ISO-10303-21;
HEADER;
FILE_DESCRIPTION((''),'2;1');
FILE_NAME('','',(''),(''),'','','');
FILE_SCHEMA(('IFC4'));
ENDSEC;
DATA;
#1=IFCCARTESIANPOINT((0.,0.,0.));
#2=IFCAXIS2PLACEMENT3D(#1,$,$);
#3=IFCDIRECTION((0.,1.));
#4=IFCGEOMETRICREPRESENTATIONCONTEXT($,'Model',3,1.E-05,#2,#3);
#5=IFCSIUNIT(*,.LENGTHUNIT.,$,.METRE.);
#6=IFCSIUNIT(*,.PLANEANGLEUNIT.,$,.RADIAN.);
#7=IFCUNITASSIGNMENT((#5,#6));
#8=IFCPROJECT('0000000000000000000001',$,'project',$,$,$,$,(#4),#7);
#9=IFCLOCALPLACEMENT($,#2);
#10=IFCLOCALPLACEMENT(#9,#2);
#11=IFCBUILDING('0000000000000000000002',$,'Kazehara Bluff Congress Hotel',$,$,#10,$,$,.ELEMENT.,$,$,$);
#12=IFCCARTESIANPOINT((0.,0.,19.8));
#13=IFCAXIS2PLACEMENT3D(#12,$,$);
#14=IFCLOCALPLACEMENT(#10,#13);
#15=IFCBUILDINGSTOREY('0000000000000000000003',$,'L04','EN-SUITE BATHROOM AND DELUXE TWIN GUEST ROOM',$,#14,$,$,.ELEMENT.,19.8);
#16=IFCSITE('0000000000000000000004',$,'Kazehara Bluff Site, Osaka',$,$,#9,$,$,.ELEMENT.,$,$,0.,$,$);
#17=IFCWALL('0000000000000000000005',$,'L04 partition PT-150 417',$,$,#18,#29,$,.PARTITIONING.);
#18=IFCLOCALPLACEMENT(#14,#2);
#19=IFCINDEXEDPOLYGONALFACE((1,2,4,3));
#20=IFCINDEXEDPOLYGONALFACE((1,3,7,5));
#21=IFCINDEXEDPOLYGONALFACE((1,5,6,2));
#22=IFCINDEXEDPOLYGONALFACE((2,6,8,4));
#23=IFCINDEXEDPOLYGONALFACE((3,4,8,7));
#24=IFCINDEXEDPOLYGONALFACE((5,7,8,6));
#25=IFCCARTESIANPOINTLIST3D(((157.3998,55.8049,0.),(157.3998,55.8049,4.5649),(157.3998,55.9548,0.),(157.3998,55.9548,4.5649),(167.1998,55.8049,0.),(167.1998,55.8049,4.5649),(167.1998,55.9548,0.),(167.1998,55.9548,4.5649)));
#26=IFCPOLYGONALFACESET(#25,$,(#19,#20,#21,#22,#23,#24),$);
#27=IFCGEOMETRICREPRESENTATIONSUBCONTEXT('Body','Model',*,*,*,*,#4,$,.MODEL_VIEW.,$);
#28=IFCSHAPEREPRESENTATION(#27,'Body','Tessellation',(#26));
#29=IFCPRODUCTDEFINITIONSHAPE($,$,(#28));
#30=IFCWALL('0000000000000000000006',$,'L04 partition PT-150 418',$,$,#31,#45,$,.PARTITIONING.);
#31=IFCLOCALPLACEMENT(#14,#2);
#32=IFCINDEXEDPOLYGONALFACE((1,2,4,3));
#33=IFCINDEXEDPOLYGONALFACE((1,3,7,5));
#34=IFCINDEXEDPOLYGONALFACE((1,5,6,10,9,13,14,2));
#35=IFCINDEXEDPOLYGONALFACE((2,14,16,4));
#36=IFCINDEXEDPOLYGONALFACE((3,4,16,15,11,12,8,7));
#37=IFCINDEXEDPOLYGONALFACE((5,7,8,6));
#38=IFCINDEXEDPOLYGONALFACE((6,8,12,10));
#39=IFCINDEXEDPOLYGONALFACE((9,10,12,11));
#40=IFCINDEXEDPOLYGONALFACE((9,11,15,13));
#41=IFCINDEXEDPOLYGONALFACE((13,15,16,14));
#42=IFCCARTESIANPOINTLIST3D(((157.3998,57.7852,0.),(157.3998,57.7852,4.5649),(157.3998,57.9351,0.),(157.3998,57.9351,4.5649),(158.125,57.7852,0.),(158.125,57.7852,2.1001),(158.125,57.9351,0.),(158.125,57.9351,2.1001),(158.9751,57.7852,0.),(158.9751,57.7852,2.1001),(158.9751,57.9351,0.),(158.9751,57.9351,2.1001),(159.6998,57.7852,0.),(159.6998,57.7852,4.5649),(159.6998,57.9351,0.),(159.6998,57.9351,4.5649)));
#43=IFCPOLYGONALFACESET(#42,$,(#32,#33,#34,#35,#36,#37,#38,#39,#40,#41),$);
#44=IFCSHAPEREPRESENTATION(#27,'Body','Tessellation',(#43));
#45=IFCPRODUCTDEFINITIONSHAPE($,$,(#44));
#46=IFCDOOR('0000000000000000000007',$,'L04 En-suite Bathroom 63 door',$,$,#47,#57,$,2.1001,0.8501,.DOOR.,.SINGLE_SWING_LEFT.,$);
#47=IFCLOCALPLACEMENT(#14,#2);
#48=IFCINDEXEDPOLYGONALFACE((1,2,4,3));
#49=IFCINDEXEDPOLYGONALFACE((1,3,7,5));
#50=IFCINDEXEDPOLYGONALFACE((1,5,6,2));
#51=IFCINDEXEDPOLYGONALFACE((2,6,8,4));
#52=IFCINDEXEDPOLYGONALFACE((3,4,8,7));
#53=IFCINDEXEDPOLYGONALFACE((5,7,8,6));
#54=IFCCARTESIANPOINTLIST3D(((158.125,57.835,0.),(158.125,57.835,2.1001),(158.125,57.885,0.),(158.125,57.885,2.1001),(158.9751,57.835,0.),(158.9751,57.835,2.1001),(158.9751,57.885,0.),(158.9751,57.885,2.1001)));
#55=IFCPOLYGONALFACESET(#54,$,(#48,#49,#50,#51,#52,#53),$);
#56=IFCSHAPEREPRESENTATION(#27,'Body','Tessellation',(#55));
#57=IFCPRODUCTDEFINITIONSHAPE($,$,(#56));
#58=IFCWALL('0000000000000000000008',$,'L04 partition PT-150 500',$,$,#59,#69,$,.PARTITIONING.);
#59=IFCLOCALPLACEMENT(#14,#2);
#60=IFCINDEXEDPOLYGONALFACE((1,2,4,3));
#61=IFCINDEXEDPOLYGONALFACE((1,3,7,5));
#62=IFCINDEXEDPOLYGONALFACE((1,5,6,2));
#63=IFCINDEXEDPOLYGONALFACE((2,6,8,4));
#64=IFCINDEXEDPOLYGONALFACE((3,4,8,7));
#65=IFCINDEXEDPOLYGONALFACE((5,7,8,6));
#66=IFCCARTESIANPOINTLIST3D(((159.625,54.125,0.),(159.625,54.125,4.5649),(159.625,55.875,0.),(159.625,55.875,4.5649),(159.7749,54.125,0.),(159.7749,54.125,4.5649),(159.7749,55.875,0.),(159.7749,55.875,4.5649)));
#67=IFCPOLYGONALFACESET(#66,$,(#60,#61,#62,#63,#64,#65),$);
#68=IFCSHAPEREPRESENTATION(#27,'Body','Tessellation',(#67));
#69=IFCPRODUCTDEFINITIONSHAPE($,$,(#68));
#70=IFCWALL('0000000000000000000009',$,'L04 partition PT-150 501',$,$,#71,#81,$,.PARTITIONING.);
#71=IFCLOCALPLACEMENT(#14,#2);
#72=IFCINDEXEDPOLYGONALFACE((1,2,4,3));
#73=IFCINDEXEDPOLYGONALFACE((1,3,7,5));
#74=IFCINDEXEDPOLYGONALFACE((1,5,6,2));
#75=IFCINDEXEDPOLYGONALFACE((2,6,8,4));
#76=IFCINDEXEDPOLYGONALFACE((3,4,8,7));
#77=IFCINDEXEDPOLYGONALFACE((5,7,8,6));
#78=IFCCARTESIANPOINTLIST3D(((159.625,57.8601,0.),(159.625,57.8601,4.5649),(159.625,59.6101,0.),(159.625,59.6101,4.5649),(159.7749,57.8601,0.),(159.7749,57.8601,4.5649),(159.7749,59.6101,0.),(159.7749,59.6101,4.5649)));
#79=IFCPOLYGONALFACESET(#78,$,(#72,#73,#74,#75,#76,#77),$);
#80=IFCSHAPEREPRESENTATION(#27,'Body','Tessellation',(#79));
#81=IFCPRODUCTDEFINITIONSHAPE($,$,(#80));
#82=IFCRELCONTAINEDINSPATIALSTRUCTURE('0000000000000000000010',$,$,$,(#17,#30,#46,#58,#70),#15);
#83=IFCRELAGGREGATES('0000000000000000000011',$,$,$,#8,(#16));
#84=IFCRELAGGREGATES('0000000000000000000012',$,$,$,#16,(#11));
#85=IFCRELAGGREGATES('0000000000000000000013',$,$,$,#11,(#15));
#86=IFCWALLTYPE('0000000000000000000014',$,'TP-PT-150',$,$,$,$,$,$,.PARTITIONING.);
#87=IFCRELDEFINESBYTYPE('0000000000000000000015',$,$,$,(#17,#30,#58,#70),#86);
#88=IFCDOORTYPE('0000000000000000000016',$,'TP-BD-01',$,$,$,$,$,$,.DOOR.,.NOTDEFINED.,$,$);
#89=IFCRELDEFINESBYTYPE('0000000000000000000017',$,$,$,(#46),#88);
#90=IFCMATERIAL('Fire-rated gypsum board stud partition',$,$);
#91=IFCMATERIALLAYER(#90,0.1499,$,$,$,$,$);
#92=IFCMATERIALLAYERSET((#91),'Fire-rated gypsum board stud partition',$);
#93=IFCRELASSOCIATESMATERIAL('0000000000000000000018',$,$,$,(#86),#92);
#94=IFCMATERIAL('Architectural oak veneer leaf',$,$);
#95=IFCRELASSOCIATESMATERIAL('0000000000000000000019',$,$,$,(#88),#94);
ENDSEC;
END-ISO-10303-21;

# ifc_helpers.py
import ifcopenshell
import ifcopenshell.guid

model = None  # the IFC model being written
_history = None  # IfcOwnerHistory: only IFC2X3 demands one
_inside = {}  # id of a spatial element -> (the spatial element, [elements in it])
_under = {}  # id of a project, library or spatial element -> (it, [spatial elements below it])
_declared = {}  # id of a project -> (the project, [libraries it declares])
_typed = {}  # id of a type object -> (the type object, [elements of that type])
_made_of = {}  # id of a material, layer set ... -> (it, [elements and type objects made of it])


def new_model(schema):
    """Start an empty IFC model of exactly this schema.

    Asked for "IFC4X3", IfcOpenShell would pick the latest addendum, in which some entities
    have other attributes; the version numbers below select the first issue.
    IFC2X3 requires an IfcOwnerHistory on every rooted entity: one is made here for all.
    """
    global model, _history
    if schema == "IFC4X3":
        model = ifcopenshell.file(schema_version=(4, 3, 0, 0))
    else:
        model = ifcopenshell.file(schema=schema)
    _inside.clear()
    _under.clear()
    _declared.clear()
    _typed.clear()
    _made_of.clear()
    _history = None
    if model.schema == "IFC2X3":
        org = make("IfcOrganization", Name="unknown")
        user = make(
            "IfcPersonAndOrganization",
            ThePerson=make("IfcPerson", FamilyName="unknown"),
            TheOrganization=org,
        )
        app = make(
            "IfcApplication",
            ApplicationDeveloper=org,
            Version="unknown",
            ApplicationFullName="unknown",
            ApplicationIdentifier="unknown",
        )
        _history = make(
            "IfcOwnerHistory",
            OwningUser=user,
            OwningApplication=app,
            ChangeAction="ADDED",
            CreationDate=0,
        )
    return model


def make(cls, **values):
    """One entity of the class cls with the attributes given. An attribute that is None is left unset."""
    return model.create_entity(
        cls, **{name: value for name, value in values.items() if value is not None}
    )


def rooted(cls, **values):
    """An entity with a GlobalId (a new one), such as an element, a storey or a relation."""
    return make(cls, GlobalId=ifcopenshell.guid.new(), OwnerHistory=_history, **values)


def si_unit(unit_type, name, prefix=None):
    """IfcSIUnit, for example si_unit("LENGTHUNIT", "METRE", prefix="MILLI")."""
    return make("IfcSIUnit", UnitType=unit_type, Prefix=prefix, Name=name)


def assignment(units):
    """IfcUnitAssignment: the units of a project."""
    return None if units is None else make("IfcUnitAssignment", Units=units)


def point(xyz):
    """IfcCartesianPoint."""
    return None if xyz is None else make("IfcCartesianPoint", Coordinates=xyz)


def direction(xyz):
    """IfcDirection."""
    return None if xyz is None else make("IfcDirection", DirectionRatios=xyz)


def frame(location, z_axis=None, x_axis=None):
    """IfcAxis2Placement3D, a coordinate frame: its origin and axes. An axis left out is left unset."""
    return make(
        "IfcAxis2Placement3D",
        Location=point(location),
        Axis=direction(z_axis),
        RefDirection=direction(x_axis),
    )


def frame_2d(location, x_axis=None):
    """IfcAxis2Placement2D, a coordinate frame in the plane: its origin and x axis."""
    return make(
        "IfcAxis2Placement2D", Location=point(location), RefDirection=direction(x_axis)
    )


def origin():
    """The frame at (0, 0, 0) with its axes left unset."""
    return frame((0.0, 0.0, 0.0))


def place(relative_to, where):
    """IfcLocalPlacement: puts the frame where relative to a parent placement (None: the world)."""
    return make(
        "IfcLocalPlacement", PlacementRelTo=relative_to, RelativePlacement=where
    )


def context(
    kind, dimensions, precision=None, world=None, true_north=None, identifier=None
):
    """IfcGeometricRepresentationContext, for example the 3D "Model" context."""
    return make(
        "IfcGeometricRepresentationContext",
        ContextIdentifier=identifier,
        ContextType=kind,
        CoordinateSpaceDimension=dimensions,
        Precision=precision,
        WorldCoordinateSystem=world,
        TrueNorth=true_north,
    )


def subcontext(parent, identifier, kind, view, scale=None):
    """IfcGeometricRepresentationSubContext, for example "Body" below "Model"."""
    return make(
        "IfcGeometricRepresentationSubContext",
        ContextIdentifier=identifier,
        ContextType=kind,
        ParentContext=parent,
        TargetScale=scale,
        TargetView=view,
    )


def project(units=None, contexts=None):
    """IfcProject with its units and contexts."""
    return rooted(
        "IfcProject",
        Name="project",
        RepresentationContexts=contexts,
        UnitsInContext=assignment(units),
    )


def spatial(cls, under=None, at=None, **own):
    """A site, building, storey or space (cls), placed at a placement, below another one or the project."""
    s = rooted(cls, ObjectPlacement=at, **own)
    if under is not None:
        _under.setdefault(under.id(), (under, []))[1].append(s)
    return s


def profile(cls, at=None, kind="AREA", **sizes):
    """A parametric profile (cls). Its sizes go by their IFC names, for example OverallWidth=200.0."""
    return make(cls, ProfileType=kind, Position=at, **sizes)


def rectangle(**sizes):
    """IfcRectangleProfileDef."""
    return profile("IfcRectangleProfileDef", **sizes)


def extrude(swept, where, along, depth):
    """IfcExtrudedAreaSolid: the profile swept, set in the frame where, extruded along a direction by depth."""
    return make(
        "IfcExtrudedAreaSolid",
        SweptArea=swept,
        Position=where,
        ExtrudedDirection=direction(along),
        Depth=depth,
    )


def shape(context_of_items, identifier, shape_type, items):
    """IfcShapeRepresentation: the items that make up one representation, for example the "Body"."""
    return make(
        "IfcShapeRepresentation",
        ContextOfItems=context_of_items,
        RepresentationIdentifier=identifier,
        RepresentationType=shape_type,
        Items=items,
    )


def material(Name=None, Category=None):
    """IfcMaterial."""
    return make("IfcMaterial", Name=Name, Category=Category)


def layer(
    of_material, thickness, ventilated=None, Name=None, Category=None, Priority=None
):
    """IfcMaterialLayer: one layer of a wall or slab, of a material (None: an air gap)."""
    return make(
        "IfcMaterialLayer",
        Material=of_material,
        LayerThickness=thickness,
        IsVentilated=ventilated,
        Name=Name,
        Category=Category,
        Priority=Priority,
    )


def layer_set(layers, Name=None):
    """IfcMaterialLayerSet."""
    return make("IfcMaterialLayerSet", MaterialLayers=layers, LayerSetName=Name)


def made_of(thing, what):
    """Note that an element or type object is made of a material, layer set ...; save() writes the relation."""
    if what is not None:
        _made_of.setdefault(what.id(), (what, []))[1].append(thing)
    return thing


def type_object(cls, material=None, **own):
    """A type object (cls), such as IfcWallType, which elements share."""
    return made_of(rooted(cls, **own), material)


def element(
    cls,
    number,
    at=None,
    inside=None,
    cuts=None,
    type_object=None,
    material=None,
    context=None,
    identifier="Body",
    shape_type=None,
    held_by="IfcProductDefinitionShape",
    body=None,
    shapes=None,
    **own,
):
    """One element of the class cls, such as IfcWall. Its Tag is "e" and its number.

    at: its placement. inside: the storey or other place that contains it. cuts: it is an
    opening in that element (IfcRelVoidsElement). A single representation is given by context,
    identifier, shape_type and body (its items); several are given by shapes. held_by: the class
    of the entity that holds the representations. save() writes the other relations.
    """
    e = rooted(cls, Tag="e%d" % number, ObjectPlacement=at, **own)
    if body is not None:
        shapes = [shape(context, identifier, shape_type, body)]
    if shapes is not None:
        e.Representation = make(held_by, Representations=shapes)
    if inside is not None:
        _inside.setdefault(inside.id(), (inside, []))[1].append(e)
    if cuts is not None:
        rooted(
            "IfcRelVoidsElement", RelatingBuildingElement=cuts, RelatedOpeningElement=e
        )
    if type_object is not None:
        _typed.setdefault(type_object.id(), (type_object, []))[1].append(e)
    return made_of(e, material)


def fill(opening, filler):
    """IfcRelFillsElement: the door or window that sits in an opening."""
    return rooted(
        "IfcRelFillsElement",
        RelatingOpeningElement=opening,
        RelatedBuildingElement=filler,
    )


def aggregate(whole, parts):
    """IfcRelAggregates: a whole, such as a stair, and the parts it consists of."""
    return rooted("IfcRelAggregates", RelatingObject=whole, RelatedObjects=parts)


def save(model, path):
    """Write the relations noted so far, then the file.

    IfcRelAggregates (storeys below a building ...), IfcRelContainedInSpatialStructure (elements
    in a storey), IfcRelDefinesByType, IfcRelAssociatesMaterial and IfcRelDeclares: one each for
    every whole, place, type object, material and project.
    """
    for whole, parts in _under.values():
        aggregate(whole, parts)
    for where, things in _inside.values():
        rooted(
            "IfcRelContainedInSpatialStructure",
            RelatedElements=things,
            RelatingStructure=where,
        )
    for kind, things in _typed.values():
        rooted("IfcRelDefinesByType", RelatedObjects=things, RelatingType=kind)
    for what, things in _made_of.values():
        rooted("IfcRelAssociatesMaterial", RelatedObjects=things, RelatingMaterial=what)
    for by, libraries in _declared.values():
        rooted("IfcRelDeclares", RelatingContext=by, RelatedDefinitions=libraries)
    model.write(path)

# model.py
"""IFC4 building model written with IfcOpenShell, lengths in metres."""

from ifc_helpers import new_model, si_unit, direction, frame, frame_2d, origin, place, context, subcontext, project, spatial, rectangle, extrude, material, layer, layer_set, type_object, element, fill, save


model = new_model("IFC4")

# Units and contexts
model_context = context("Model", 3, precision=1e-05, world=origin(), true_north=direction((0.0, 1.0)))
body_context = subcontext(model_context, "Body", "Model", "MODEL_VIEW")
ifc_project = project(units=[si_unit("LENGTHUNIT", "METRE"), si_unit("PLANEANGLEUNIT", "RADIAN")], contexts=[model_context])

# Site, building, storey
site_placement = place(None, origin())
site = spatial("IfcSite", under=ifc_project, at=site_placement, Name="Kazehara Bluff Site, Osaka", CompositionType="ELEMENT", RefElevation=0.0)
building_placement = place(site_placement, origin())
building = spatial("IfcBuilding", under=site, at=building_placement, Name="Kazehara Bluff Congress Hotel", CompositionType="ELEMENT")
storey_placement = place(building_placement, frame((0.0, 0.0, 19.8)))
storey = spatial("IfcBuildingStorey", under=building, at=storey_placement, Name="L04", Description="EN-SUITE BATHROOM AND DELUXE TWIN GUEST ROOM", CompositionType="ELEMENT", Elevation=19.8)

# Wall
ifc_material_1 = material(Name="Fire-rated gypsum board stud partition")
ifc_layer = layer(ifc_material_1, 0.1499)
ifc_layer_set = layer_set([ifc_layer], Name="Fire-rated gypsum board stud partition")
wall_type = type_object("IfcWallType", Name="TP-PT-150", PredefinedType="PARTITIONING", material=ifc_layer_set)
wall_1_placement = place(storey_placement, frame((157.3999, 55.8799, 0.0), z_axis=(0.0, 0.0, 1.0), x_axis=(1.0, 0.0, 0.0)))
element("IfcWall", 1, at=wall_1_placement, inside=storey, type_object=wall_type, Name="L04 partition PT-150 417", PredefinedType="PARTITIONING", context=body_context, shape_type="SweptSolid", body=[
    extrude(rectangle(XDim=9.8, YDim=0.1499, at=frame_2d((4.8999, 0.0))), origin(), (0.0, 0.0, 1.0), 4.5649),
])

# Wall, opening, door
wall_2_placement = place(storey_placement, frame((157.3999, 57.8601, 0.0), z_axis=(0.0, 0.0, 1.0), x_axis=(1.0, 0.0, 0.0)))
wall_2 = element("IfcWall", 2, at=wall_2_placement, inside=storey, type_object=wall_type, Name="L04 partition PT-150 418", PredefinedType="PARTITIONING", context=body_context, shape_type="SweptSolid", body=[
    extrude(rectangle(XDim=2.3, YDim=0.1499, at=frame_2d((1.1499, 0.0))), origin(), (0.0, 0.0, 1.0), 4.5649),
])
opening_placement = place(wall_2_placement, frame((0.7251, 0.0, 0.0)))
opening = element("IfcOpeningElement", 3, at=opening_placement, cuts=wall_2, PredefinedType="OPENING", context=body_context, shape_type="SweptSolid", body=[
    extrude(rectangle(XDim=0.8501, YDim=2.1001, at=frame_2d((0.425, 1.05))), frame((0.0, 0.085, 0.0), z_axis=(0.0, -1.0, 0.0), x_axis=(1.0, 0.0, 0.0)), (0.0, 0.0, 1.0), 0.1699),
])
ifc_material_2 = material(Name="Architectural oak veneer leaf")
door_type = type_object("IfcDoorType", Name="TP-BD-01", OperationType="NOTDEFINED", PredefinedType="DOOR", material=ifc_material_2)
door_placement = place(opening_placement, origin())
door = element("IfcDoor", 4, at=door_placement, inside=storey, type_object=door_type, Name="L04 En-suite Bathroom 63 door", OperationType="SINGLE_SWING_LEFT", OverallHeight=2.1001, OverallWidth=0.8501, PredefinedType="DOOR", context=body_context, shape_type="SweptSolid", body=[
    extrude(rectangle(XDim=0.8501, YDim=2.1001, at=frame_2d((0.425, 1.05))), frame((0.0, 0.0249, 0.0), z_axis=(0.0, -1.0, 0.0), x_axis=(1.0, 0.0, 0.0)), (0.0, 0.0, 1.0), 0.05),
])
fill(opening, door)

# Walls
for number, where, z_axis, x_axis, name in (
    (5, (159.7, 54.125, 0.0), (0.0, 0.0, 1.0), (0.0, 1.0, 0.0), "L04 partition PT-150 500"),
    (6, (159.7, 57.8601, 0.0), (0.0, 0.0, 1.0), (0.0, 1.0, 0.0), "L04 partition PT-150 501"),
):
    element("IfcWall", number, at=place(storey_placement, frame(where, z_axis=z_axis, x_axis=x_axis)), inside=storey, type_object=wall_type, Name=name, PredefinedType="PARTITIONING", context=body_context, shape_type="SweptSolid", body=[
        extrude(rectangle(XDim=1.75, YDim=0.1499, at=frame_2d((0.875, 0.0))), origin(), (0.0, 0.0, 1.0), 4.5649),
    ])

save(model, "model.ifc")
